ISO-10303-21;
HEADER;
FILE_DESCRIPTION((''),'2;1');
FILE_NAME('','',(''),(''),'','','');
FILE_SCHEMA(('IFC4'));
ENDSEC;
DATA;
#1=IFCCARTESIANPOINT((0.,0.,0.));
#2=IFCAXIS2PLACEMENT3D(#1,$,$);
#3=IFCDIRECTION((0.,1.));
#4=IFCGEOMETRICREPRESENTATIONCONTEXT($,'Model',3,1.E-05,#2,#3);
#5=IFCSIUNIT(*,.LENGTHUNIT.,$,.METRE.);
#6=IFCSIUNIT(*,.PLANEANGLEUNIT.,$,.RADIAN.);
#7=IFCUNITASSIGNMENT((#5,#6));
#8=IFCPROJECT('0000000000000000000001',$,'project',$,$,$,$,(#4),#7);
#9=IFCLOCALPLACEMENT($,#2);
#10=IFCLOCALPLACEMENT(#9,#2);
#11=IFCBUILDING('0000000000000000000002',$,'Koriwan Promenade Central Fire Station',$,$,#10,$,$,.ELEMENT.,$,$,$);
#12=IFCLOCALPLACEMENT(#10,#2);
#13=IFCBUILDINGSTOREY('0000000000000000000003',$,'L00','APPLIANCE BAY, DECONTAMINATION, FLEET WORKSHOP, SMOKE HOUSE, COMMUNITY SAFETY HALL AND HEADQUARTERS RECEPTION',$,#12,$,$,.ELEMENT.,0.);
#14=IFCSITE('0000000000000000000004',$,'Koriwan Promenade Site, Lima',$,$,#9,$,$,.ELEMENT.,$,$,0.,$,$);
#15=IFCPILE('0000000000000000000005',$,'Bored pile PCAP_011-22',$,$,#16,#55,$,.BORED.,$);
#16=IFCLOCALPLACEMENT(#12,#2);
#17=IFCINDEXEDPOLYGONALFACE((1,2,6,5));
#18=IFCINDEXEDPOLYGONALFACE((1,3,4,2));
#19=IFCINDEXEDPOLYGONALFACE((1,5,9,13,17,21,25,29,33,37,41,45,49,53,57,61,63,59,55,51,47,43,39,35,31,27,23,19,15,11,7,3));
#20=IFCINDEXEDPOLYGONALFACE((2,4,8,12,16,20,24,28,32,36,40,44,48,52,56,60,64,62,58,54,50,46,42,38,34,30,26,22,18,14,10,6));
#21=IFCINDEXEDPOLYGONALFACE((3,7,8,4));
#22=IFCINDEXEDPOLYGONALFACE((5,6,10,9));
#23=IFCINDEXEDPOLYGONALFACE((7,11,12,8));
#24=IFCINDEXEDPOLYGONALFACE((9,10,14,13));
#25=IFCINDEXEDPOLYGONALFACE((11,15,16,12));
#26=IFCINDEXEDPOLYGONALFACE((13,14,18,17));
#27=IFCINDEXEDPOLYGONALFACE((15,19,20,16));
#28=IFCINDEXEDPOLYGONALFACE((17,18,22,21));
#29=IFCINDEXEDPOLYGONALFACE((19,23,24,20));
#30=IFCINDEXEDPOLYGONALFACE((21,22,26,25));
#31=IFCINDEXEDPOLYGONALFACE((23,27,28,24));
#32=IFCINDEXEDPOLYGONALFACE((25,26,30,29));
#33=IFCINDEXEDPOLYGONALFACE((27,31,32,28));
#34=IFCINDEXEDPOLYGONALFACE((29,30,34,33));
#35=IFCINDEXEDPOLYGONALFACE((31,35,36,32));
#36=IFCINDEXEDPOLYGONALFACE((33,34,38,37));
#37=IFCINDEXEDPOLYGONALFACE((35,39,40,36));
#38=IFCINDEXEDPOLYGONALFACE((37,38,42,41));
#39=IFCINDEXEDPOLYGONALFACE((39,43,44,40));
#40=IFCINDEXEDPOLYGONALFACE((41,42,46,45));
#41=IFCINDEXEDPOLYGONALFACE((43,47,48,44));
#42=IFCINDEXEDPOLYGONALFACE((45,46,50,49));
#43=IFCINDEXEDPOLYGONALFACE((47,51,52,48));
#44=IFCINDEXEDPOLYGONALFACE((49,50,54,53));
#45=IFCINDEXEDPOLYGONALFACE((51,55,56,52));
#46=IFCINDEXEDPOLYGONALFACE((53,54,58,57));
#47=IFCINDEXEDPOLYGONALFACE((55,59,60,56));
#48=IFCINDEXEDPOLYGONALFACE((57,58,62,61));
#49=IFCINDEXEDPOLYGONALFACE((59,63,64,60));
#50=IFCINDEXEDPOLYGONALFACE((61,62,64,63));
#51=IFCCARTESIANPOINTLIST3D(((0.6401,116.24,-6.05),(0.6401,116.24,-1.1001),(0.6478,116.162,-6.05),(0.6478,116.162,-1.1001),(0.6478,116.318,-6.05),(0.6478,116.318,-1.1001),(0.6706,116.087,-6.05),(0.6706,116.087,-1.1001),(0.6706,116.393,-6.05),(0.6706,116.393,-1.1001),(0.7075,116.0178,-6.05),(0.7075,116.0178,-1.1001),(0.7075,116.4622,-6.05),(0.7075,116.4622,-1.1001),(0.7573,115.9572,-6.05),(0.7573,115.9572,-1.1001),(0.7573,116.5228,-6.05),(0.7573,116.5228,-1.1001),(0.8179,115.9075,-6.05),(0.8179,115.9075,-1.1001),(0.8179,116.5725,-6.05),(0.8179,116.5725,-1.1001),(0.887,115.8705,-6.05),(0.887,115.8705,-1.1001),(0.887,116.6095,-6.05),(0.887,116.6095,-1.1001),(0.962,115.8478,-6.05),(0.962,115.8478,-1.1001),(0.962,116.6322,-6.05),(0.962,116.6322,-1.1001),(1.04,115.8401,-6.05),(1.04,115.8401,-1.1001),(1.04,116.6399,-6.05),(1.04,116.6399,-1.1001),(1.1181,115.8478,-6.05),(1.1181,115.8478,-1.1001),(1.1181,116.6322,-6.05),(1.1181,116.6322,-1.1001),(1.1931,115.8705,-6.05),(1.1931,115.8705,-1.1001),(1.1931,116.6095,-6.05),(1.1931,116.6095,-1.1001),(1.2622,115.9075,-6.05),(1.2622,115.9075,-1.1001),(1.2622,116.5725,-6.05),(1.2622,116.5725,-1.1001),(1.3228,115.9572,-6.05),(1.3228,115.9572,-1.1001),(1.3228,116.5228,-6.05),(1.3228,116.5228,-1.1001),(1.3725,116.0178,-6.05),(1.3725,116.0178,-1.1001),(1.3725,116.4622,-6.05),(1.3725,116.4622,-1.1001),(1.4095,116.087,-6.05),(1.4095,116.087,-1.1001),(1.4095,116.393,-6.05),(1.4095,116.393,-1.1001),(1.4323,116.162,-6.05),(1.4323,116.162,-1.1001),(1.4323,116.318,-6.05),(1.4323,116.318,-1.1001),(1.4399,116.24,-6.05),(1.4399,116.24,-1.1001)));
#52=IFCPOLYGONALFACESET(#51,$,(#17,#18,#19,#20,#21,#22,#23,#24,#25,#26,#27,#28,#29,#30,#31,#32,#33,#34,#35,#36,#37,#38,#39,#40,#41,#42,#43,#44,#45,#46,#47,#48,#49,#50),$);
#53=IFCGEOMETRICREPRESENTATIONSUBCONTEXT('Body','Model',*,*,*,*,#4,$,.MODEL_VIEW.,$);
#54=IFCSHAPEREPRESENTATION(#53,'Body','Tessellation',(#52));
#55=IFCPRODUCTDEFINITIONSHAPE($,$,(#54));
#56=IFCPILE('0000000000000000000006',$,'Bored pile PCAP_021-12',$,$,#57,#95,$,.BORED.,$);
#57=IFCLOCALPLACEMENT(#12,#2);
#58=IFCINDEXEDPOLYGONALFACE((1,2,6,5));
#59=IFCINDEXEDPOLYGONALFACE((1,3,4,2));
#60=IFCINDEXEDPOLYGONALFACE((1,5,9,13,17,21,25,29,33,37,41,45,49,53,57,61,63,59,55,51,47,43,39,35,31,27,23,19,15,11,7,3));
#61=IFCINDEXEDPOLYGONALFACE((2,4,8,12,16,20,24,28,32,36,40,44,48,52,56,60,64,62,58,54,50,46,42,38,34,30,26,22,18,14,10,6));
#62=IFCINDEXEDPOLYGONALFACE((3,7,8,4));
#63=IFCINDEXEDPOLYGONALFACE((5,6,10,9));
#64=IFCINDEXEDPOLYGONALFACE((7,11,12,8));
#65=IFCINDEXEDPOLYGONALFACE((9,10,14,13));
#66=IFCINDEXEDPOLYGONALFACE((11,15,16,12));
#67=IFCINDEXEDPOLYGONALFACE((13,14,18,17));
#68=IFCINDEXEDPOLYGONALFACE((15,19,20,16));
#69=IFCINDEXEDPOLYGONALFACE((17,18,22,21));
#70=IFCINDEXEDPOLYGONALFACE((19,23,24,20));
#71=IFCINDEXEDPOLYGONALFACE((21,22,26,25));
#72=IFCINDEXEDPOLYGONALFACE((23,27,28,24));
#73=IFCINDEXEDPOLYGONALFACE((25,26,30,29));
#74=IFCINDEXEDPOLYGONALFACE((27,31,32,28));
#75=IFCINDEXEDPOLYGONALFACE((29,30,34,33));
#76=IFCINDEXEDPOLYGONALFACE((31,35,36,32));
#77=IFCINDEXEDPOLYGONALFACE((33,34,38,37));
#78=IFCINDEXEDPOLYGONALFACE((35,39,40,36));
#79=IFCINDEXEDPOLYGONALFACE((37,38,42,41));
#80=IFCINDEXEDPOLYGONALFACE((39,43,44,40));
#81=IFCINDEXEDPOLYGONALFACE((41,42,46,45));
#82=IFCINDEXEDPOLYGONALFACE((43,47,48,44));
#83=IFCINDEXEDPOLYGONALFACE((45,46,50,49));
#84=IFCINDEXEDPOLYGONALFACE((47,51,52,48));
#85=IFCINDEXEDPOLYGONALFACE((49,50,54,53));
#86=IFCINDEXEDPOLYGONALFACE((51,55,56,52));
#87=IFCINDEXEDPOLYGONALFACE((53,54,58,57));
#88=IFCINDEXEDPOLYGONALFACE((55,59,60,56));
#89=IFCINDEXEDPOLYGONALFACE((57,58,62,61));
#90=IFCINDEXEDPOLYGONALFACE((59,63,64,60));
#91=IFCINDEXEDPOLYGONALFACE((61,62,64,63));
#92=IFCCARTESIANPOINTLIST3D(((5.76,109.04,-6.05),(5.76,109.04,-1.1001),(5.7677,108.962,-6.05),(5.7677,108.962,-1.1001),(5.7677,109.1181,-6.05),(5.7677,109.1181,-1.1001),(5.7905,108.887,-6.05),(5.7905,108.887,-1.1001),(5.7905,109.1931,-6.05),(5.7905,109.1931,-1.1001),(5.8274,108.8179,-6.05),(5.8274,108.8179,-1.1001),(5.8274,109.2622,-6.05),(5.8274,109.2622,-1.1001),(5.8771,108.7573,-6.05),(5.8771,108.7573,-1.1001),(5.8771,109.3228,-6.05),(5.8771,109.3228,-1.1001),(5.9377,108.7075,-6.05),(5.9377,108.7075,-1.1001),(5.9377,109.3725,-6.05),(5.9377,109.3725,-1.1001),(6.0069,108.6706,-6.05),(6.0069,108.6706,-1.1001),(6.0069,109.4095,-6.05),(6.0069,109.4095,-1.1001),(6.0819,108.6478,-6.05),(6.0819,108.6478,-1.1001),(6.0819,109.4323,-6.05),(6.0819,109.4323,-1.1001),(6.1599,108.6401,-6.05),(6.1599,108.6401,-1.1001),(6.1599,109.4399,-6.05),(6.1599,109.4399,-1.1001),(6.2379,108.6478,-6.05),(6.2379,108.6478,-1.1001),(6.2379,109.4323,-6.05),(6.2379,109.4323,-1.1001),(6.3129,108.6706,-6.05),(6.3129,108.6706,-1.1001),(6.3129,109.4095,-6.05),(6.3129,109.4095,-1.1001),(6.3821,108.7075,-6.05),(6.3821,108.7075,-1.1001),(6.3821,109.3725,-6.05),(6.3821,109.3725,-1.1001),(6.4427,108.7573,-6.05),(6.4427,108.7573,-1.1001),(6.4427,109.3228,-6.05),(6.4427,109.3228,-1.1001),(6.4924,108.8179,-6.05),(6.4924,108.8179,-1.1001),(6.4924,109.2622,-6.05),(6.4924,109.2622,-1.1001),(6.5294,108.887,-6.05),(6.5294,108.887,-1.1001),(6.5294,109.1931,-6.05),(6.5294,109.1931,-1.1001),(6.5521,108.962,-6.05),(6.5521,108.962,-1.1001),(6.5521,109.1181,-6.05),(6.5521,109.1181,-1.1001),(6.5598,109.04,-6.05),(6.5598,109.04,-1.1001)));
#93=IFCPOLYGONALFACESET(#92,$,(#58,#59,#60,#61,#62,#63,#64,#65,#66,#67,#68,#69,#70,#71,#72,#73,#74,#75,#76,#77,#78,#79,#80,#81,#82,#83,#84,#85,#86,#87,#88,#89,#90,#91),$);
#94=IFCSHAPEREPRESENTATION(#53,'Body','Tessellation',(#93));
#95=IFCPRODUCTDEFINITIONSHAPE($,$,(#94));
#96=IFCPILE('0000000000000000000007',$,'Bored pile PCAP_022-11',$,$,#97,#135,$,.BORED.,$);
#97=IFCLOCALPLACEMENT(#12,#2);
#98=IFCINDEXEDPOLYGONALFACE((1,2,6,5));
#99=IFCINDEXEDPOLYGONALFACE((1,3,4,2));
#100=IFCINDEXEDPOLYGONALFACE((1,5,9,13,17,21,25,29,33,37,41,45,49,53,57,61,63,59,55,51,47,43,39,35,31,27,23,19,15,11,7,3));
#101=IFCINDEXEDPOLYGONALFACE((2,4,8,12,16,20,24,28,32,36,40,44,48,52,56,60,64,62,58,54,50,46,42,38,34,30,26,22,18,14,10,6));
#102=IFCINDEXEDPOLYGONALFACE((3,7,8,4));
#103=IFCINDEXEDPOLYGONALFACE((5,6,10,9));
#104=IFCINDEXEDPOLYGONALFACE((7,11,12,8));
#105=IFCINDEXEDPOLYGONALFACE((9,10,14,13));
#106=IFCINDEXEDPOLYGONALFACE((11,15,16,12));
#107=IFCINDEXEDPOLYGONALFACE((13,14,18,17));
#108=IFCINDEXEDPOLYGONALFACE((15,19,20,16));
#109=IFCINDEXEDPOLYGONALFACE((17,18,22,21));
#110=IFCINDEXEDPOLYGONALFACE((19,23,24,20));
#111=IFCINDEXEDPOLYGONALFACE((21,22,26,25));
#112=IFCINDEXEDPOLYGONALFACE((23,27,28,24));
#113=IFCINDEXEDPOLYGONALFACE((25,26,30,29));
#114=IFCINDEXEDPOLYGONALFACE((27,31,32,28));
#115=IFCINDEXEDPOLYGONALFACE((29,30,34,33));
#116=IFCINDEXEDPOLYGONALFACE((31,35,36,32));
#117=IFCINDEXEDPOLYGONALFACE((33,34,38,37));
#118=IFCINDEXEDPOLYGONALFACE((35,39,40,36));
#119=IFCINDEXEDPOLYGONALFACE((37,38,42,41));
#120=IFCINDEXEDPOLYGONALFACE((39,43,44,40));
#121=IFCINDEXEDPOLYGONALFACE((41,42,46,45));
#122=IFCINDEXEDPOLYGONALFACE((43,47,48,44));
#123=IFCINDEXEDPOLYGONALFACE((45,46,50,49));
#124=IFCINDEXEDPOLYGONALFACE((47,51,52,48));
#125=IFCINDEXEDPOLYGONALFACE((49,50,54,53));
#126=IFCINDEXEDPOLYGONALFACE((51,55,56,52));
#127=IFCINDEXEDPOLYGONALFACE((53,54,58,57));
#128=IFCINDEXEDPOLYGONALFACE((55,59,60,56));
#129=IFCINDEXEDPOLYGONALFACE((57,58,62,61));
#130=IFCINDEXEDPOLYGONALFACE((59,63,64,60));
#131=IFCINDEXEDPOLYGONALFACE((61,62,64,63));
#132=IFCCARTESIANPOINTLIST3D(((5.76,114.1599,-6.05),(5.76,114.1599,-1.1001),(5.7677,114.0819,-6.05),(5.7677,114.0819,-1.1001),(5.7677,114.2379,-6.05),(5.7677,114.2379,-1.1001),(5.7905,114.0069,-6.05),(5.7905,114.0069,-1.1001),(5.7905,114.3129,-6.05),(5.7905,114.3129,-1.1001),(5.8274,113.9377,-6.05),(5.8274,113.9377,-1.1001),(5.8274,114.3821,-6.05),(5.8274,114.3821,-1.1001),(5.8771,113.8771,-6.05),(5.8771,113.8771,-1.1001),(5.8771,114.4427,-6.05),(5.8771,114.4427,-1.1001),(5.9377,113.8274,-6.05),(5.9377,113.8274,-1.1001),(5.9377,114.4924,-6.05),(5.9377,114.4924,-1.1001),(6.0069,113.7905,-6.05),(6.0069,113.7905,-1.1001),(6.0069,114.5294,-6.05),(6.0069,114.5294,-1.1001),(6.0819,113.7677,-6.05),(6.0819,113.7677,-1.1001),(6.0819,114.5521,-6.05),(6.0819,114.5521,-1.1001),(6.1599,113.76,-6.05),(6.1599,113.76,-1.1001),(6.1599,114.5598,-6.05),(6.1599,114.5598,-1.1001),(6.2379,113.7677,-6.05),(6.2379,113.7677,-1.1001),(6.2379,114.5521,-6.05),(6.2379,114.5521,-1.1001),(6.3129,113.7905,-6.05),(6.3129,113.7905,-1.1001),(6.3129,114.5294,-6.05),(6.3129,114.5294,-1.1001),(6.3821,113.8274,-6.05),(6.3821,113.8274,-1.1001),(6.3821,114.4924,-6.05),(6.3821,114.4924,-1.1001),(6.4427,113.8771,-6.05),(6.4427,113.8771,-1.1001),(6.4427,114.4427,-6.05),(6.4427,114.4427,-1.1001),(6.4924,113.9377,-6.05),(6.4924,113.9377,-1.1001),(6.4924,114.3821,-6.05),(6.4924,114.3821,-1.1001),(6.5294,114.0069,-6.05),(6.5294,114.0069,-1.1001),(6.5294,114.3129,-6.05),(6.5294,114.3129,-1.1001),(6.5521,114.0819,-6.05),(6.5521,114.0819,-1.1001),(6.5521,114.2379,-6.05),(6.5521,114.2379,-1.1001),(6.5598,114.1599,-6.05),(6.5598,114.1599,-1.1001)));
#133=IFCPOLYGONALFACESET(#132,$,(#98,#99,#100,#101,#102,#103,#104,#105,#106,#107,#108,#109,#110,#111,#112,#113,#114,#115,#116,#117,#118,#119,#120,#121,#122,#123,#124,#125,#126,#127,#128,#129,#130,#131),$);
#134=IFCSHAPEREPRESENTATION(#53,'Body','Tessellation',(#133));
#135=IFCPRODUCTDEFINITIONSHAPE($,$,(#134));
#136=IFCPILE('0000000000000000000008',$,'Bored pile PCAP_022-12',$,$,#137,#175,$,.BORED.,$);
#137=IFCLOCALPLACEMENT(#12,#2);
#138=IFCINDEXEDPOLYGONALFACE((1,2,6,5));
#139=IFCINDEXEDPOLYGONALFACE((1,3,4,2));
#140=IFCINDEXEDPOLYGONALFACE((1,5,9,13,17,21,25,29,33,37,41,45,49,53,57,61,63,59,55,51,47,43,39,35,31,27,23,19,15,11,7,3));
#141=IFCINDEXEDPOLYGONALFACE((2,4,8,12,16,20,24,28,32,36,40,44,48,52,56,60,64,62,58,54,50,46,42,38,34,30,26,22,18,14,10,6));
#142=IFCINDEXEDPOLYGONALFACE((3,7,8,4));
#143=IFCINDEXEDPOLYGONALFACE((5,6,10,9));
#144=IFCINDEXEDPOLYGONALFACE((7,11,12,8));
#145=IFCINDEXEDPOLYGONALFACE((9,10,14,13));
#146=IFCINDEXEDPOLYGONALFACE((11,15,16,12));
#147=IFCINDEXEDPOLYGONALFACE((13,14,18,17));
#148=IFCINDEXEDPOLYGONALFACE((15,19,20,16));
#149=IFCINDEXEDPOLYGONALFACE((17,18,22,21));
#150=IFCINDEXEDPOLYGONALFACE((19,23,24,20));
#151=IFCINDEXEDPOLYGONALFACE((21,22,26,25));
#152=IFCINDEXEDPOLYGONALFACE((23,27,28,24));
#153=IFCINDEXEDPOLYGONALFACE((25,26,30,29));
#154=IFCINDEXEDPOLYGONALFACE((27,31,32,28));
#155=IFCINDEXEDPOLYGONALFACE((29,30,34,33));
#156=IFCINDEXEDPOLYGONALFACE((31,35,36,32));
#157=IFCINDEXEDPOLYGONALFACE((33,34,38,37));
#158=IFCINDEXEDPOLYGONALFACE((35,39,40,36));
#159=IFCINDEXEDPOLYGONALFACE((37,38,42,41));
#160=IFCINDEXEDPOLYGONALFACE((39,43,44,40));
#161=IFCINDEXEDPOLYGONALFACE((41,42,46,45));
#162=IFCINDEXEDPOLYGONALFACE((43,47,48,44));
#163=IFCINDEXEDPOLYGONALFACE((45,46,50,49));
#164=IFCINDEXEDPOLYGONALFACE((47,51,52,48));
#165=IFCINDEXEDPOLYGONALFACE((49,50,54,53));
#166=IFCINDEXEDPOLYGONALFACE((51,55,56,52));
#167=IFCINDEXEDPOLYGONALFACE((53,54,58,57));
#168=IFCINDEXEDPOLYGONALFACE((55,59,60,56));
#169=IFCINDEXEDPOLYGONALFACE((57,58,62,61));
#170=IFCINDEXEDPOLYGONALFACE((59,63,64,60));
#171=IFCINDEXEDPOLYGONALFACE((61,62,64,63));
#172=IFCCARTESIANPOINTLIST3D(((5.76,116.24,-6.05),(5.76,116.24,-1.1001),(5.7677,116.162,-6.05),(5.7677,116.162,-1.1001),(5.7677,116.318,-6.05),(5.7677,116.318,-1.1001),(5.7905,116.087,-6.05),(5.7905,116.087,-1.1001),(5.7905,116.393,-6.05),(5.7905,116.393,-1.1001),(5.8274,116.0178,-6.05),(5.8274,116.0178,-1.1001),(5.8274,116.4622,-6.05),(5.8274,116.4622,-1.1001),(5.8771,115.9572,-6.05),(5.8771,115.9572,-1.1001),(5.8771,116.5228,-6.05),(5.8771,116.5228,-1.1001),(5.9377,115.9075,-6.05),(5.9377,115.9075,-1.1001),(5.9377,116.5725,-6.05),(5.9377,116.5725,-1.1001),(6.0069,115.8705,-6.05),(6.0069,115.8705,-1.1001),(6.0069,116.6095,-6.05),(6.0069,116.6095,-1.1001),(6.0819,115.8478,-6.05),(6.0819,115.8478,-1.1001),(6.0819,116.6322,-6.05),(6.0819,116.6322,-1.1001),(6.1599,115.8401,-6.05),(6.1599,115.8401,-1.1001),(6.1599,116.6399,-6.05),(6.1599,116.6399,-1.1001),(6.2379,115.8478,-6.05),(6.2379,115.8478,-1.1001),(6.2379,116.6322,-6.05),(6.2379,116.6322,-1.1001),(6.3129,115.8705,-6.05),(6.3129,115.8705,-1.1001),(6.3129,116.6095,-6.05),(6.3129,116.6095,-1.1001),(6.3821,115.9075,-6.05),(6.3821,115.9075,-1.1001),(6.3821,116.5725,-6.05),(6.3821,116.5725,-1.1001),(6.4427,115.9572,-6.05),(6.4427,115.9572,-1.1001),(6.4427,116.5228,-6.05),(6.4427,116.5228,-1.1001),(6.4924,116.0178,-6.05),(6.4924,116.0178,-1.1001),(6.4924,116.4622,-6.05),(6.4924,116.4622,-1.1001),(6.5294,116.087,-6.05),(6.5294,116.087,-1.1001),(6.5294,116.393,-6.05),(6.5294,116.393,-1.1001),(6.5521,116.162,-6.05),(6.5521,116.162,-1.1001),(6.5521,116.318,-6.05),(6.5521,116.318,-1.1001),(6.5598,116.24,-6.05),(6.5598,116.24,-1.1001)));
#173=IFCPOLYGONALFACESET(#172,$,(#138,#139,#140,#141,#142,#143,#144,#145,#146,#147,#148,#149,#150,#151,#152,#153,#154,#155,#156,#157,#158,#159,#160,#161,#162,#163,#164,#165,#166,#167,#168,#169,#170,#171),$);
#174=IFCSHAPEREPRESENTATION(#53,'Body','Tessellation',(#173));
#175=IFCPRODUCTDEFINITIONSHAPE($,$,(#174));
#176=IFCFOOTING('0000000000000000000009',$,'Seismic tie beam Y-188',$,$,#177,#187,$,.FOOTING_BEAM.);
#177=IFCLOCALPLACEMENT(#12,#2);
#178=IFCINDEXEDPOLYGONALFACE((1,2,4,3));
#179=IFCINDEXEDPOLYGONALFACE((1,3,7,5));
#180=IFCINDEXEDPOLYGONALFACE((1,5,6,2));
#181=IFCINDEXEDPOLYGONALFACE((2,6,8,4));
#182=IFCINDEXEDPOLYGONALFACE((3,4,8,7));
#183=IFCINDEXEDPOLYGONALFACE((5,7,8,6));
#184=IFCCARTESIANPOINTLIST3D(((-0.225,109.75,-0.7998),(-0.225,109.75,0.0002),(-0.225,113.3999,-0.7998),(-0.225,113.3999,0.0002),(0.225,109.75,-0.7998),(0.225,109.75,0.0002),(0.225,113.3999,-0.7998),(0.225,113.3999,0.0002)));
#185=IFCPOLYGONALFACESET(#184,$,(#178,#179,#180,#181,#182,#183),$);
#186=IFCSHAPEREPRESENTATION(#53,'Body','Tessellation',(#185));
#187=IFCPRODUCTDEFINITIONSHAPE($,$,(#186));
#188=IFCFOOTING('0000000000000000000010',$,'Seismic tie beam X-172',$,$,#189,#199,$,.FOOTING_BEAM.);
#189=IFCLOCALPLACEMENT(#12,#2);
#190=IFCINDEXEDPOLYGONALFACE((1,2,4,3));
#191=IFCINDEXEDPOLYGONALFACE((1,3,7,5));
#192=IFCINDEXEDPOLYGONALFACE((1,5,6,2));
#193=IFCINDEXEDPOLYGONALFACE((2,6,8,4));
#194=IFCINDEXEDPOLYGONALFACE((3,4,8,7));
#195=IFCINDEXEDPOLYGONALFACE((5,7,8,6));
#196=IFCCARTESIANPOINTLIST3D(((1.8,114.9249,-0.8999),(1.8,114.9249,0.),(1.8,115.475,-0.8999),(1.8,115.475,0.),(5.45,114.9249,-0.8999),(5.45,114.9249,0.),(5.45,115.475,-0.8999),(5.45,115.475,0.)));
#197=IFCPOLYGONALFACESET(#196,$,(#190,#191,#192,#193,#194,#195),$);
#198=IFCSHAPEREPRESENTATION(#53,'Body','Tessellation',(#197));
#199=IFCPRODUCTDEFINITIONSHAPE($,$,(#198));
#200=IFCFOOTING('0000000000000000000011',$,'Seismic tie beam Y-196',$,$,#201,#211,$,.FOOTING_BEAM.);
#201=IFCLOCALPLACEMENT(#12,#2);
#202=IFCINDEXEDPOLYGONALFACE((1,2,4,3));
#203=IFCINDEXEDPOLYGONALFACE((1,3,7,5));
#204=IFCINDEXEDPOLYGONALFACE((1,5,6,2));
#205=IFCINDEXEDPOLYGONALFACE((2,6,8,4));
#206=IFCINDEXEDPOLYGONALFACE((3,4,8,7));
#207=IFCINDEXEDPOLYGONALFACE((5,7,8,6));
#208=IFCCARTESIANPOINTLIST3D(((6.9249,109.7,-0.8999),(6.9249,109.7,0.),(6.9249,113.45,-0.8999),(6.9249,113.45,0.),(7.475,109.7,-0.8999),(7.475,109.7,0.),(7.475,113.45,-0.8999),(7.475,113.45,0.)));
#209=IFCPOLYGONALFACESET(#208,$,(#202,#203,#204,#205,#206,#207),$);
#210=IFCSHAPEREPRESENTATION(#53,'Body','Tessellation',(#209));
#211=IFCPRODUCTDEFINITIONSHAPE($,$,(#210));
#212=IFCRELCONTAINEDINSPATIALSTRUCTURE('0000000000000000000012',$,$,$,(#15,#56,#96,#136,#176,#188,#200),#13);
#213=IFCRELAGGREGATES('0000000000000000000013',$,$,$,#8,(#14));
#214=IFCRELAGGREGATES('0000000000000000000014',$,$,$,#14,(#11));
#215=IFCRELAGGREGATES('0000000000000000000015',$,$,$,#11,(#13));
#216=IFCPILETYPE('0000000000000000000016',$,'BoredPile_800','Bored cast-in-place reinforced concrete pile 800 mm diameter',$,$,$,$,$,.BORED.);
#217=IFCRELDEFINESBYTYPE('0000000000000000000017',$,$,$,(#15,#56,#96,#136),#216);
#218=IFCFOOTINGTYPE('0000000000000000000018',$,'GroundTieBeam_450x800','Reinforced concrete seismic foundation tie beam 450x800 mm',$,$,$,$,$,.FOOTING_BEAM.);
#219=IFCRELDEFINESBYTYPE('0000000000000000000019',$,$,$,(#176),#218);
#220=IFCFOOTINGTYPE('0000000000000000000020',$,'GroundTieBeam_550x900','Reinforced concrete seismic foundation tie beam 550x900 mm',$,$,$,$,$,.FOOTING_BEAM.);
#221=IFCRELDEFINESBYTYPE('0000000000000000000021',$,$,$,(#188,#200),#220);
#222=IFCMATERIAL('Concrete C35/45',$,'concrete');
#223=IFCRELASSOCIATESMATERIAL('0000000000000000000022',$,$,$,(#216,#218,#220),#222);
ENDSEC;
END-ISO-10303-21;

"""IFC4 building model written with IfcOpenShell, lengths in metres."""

from ifc_helpers import new_model, si_unit, direction, frame, origin, origin_2d, place, context, subcontext, project, spatial, rectangle, circle, extrude, material, material_profile, profile_set, type_object, element, save


model = new_model("IFC4")

# Units and contexts
model_context = context("Model", 3, precision=1e-05, world=origin(), true_north=direction((0.0, 1.0)))
body_context = subcontext(model_context, "Body", "Model", "MODEL_VIEW")
ifc_project = project(units=[si_unit("LENGTHUNIT", "METRE"), si_unit("PLANEANGLEUNIT", "RADIAN")], contexts=[model_context])

# Site, building, storey
site_placement = place(None, origin())
site = spatial("IfcSite", under=ifc_project, at=site_placement, Name="Koriwan Promenade Site, Lima", CompositionType="ELEMENT", RefElevation=0.0)
building_placement = place(site_placement, origin())
building = spatial("IfcBuilding", under=site, at=building_placement, Name="Koriwan Promenade Central Fire Station", CompositionType="ELEMENT")
storey_placement = place(building_placement, origin())
storey = spatial("IfcBuildingStorey", under=building, at=storey_placement, Name="L00", Description="APPLIANCE BAY, DECONTAMINATION, FLEET WORKSHOP, SMOKE HOUSE, COMMUNITY SAFETY HALL AND HEADQUARTERS RECEPTION", CompositionType="ELEMENT", Elevation=0.0)

# Piles
ifc_material_1 = material(Name="Concrete C35/45", Category="concrete")
ifc_material_profile_1 = material_profile(ifc_material_1, circle(Radius=0.3999, at=origin_2d()), Name="PILE-D800")
ifc_profile_set_1 = profile_set([ifc_material_profile_1], Name="Concrete C35/45")
pile_type = type_object("IfcPileType", Name="BoredPile_800", Description="Bored cast-in-place reinforced concrete pile 800 mm diameter", PredefinedType="BORED", material=ifc_profile_set_1)
for number, where, z_axis, x_axis, name in (
    (1, (1.04, 116.24, -1.1001), (0.0, 0.0, -1.0), (1.0, 0.0, 0.0), "Bored pile PCAP_011-22"),
    (2, (6.1599, 109.04, -1.1001), (0.0, 0.0, -1.0), (1.0, 0.0, 0.0), "Bored pile PCAP_021-12"),
    (3, (6.1599, 114.1599, -1.1001), (0.0, 0.0, -1.0), (1.0, 0.0, 0.0), "Bored pile PCAP_022-11"),
    (4, (6.1599, 116.24, -1.1001), (0.0, 0.0, -1.0), (1.0, 0.0, 0.0), "Bored pile PCAP_022-12"),
):
    element("IfcPile", number, at=place(storey_placement, frame(where, z_axis=z_axis, x_axis=x_axis)), inside=storey, type_object=pile_type, Name=name, PredefinedType="BORED", context=body_context, shape_type="SweptSolid", body=[
        extrude(circle(Radius=0.3999, at=origin_2d()), origin(), (0.0, 0.0, 1.0), 4.95),
    ])

# Footings
footing_type_1 = type_object("IfcFootingType", Name="GroundTieBeam_450x800", Description="Reinforced concrete seismic foundation tie beam 450x800 mm", PredefinedType="FOOTING_BEAM", material=ifc_material_1)
footing_1_placement = place(storey_placement, frame((0.0, 111.575, -0.7998), z_axis=(0.0, 0.0, 1.0), x_axis=(0.0, 1.0, 0.0)))
element("IfcFooting", 5, at=footing_1_placement, inside=storey, type_object=footing_type_1, Name="Seismic tie beam Y-188", PredefinedType="FOOTING_BEAM", context=body_context, shape_type="SweptSolid", body=[
    extrude(rectangle(XDim=3.6499, YDim=0.45, at=origin_2d()), origin(), (0.0, 0.0, 1.0), 0.8),
])
footing_type_2 = type_object("IfcFootingType", Name="GroundTieBeam_550x900", Description="Reinforced concrete seismic foundation tie beam 550x900 mm", PredefinedType="FOOTING_BEAM", material=ifc_material_1)
footing_2_placement = place(storey_placement, frame((3.625, 115.2, -0.8999), z_axis=(0.0, 0.0, 1.0), x_axis=(1.0, 0.0, 0.0)))
element("IfcFooting", 6, at=footing_2_placement, inside=storey, type_object=footing_type_2, Name="Seismic tie beam X-172", PredefinedType="FOOTING_BEAM", context=body_context, shape_type="SweptSolid", body=[
    extrude(rectangle(XDim=3.6499, YDim=0.55, at=origin_2d()), origin(), (0.0, 0.0, 1.0), 0.8999),
])
footing_3_placement = place(storey_placement, frame((7.2, 111.575, -0.8999), z_axis=(0.0, 0.0, 1.0), x_axis=(0.0, 1.0, 0.0)))
element("IfcFooting", 7, at=footing_3_placement, inside=storey, type_object=footing_type_2, Name="Seismic tie beam Y-196", PredefinedType="FOOTING_BEAM", context=body_context, shape_type="SweptSolid", body=[
    extrude(rectangle(XDim=3.75, YDim=0.55, at=origin_2d()), origin(), (0.0, 0.0, 1.0), 0.8999),
])

save(model, "model.ifc")
